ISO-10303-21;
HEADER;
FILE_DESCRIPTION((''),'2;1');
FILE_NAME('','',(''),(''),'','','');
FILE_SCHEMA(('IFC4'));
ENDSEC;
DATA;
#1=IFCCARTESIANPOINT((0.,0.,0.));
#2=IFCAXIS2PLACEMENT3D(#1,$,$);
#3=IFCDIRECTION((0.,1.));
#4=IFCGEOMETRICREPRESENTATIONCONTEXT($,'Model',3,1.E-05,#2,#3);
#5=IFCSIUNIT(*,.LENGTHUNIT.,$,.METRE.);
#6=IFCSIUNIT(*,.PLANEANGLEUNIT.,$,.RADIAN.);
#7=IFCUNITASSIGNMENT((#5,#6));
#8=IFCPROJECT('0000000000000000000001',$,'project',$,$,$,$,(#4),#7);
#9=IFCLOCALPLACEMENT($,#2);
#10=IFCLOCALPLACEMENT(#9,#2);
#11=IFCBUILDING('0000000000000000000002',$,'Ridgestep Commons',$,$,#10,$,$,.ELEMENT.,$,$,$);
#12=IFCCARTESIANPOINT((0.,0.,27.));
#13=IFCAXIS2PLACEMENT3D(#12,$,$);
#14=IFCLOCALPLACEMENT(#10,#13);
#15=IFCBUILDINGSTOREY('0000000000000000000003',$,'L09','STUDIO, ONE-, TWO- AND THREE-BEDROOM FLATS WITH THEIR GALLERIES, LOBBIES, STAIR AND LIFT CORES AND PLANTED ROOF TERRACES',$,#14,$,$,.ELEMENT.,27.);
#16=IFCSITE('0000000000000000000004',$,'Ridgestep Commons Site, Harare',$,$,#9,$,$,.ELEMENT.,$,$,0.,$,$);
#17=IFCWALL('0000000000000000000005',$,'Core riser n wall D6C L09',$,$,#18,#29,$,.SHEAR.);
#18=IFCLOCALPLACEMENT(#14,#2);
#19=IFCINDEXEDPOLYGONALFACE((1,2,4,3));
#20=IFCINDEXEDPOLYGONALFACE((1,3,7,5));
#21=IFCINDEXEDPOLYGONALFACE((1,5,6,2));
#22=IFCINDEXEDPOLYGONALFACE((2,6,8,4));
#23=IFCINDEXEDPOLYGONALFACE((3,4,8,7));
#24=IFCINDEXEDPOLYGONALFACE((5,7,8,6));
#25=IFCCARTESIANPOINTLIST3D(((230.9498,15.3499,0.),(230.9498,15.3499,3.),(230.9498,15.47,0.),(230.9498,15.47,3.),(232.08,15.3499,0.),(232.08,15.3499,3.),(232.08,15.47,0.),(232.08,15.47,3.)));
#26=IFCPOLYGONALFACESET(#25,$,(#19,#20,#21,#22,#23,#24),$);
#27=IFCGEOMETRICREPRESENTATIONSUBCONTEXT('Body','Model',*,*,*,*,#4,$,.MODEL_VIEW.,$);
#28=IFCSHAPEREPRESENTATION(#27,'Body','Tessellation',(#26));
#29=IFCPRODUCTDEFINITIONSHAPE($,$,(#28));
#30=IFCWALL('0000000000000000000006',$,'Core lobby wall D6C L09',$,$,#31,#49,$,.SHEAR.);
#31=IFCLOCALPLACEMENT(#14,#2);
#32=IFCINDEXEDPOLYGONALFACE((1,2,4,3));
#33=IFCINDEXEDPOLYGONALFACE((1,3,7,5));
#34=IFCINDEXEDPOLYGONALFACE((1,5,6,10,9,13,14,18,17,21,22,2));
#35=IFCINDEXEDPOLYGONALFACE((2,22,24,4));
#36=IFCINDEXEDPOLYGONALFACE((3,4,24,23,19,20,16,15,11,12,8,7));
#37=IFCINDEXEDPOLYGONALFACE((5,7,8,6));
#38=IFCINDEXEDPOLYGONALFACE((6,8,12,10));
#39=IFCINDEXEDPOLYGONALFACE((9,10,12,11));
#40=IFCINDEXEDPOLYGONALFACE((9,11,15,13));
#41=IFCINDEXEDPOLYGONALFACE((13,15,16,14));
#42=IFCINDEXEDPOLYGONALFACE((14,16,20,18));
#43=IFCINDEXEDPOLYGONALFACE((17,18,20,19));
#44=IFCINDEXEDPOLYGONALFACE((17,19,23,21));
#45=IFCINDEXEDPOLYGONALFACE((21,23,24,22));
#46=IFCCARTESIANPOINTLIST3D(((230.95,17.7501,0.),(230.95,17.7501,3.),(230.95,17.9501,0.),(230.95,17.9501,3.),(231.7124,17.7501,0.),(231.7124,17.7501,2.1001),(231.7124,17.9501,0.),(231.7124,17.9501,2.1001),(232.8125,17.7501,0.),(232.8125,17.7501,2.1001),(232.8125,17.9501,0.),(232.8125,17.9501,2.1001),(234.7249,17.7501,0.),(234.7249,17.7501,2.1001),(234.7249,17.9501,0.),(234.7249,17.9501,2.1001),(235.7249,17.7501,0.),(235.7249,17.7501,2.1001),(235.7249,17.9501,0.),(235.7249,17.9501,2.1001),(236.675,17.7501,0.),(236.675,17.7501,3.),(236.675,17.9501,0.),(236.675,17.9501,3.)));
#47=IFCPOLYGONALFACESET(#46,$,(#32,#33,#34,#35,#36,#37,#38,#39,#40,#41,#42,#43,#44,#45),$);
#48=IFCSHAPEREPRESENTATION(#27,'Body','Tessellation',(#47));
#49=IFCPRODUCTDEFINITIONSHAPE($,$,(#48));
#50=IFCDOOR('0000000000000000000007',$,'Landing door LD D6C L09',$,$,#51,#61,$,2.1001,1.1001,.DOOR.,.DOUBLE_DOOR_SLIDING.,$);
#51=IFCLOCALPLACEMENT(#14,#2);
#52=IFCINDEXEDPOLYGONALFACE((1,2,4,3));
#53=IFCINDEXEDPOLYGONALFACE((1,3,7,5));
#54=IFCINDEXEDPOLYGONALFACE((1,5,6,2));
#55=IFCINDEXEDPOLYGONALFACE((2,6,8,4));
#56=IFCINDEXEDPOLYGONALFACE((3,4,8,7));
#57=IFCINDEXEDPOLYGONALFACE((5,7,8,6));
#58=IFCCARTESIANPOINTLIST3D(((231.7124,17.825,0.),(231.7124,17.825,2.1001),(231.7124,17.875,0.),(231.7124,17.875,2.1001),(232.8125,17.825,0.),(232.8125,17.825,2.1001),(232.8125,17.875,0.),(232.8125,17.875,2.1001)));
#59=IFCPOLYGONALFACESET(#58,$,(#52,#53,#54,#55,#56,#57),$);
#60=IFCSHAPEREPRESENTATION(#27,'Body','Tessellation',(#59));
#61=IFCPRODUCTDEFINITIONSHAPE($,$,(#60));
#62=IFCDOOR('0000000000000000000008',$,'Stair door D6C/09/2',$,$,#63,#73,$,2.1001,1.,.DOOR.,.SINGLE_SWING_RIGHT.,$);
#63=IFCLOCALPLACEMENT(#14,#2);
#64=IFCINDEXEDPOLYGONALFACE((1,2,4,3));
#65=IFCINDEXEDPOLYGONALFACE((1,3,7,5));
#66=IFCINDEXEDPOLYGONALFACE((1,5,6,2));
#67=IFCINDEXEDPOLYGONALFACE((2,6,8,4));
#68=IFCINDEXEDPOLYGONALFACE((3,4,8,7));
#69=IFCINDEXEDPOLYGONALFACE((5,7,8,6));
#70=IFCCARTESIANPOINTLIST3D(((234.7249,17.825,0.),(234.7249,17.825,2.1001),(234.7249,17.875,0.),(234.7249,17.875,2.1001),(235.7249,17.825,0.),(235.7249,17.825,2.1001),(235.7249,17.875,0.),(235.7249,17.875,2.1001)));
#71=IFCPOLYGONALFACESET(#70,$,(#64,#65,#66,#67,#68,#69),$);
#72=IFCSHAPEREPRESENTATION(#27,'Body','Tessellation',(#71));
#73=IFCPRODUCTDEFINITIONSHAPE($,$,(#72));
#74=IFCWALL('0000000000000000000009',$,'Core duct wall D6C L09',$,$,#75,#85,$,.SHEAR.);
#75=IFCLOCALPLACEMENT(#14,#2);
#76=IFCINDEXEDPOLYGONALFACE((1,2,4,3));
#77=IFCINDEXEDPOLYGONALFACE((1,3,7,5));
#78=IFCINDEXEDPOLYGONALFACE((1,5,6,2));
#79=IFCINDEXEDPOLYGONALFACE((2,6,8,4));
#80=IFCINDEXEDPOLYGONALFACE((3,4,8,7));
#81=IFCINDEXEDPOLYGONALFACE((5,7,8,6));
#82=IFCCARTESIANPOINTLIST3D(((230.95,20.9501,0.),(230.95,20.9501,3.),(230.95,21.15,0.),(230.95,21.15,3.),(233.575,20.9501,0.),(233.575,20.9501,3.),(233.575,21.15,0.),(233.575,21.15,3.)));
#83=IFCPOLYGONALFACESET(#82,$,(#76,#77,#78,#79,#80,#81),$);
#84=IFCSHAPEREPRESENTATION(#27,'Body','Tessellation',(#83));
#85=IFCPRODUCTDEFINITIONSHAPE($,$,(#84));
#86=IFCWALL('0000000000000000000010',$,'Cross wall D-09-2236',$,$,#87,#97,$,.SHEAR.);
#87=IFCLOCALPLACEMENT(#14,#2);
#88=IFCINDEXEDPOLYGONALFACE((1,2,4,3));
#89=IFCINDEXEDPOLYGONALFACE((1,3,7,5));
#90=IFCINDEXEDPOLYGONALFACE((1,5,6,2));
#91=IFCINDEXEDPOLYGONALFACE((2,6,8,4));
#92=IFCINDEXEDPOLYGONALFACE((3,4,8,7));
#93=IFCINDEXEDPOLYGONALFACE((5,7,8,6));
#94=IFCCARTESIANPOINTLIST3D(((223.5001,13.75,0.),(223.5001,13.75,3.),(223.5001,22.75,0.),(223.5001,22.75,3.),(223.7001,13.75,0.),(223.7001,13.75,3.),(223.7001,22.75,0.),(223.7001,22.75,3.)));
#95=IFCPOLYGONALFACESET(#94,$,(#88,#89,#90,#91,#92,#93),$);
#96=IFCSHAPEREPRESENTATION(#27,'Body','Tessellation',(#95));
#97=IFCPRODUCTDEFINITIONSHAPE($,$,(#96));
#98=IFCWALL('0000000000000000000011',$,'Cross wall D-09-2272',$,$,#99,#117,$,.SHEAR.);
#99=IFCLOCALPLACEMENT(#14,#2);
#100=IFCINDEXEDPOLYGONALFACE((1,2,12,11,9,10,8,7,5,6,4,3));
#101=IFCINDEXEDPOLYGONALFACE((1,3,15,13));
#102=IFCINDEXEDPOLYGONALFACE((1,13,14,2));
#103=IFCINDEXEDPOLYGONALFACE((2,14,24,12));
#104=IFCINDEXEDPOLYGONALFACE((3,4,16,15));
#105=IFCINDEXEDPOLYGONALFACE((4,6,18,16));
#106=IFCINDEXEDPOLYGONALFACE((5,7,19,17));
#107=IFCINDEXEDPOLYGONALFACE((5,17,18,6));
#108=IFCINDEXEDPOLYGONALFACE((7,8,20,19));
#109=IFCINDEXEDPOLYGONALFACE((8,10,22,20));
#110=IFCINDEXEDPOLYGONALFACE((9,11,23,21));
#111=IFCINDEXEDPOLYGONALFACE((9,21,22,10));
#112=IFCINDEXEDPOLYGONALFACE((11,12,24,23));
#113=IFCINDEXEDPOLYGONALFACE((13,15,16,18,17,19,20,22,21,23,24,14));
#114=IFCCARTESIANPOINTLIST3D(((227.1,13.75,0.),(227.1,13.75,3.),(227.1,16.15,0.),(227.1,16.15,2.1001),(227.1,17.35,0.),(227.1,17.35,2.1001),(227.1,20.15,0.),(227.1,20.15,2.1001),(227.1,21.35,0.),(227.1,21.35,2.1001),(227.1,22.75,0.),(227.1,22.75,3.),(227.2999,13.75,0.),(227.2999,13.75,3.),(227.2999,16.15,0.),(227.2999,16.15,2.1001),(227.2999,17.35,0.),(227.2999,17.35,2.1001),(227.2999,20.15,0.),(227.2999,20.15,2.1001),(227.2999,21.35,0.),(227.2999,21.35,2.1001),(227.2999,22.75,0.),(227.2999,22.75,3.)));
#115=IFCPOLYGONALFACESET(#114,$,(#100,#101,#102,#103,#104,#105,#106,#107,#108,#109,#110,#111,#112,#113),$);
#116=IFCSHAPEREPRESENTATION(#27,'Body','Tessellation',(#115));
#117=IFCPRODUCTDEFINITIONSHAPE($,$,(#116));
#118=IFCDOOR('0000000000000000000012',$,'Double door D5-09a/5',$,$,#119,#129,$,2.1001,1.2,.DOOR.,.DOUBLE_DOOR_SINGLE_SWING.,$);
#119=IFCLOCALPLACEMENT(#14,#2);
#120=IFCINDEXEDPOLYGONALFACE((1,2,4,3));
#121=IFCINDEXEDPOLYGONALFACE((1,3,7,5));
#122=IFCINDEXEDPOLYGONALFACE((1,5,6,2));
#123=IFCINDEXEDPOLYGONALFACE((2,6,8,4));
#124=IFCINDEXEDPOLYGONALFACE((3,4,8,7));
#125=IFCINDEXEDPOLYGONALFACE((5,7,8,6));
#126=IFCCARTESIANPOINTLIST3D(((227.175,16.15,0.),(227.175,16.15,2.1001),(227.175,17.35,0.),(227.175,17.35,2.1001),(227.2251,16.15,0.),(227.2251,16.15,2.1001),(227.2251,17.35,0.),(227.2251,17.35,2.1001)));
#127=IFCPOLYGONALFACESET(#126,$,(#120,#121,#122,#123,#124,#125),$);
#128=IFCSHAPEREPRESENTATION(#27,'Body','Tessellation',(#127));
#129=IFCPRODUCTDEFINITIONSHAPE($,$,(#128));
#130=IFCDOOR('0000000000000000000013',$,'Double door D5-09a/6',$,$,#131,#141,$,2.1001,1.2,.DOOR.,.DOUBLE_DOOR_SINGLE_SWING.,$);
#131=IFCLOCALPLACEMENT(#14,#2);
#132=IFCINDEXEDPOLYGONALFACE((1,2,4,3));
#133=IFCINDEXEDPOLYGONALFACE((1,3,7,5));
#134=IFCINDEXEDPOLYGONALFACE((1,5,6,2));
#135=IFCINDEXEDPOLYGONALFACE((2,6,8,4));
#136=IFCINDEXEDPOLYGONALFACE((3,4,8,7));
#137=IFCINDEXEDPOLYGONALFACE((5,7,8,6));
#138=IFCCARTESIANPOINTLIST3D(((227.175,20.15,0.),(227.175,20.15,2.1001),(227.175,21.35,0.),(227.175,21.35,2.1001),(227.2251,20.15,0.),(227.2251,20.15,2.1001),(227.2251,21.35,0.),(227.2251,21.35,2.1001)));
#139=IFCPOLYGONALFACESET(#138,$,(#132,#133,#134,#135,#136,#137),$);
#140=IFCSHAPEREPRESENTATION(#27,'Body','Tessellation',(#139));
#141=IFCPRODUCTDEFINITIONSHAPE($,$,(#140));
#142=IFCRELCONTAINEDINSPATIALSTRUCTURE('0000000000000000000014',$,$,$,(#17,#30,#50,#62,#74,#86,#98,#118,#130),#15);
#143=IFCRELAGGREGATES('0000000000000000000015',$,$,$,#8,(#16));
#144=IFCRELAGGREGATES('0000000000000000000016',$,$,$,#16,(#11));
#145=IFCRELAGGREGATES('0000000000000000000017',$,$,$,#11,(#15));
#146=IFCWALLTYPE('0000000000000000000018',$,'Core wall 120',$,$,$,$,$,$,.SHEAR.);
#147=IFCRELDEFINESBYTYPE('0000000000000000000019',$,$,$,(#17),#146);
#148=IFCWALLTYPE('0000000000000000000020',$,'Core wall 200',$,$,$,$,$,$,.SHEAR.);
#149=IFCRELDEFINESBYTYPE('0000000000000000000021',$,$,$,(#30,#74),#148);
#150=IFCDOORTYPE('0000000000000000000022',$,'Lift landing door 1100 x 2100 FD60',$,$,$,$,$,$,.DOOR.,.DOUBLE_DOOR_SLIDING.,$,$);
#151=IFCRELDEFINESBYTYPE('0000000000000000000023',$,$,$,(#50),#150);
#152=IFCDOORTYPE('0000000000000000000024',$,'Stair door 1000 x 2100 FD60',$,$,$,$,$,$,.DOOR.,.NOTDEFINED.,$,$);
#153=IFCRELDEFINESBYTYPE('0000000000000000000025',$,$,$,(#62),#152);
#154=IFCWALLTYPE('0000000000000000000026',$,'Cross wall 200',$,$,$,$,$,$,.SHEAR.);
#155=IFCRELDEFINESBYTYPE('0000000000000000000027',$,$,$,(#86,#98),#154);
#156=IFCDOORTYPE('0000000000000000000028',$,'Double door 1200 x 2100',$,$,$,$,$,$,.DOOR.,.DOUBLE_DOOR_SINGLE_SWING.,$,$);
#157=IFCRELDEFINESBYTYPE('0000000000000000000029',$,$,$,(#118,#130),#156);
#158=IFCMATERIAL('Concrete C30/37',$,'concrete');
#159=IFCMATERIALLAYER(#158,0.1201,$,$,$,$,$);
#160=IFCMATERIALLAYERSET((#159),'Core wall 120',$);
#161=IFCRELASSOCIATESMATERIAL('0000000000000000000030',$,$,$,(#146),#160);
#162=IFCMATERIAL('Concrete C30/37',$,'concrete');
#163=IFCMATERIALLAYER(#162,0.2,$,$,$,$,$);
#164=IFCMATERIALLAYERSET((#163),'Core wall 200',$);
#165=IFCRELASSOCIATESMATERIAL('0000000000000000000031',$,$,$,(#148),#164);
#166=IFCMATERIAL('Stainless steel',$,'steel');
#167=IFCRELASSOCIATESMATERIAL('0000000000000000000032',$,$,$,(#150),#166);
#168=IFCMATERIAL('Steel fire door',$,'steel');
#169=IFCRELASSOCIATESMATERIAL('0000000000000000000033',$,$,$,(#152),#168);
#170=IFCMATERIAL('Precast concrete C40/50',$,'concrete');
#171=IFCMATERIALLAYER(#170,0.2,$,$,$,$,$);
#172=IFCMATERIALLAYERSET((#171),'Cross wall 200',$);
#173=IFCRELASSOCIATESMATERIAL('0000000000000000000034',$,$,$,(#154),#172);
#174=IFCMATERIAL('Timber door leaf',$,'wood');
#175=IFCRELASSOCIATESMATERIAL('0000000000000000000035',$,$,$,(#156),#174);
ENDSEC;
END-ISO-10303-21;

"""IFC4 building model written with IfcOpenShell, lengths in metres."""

from ifc_helpers import new_model, si_unit, direction, frame, frame_2d, origin, place, context, subcontext, project, spatial, rectangle, extrude, material, layer, layer_set, type_object, element, fill, save


model = new_model("IFC4")

# Units and contexts
model_context = context("Model", 3, precision=1e-05, world=origin(), true_north=direction((0.0, 1.0)))
body_context = subcontext(model_context, "Body", "Model", "MODEL_VIEW")
ifc_project = project(units=[si_unit("LENGTHUNIT", "METRE"), si_unit("PLANEANGLEUNIT", "RADIAN")], contexts=[model_context])

# Site, building, storey
site_placement = place(None, origin())
site = spatial("IfcSite", under=ifc_project, at=site_placement, Name="Ridgestep Commons Site, Harare", CompositionType="ELEMENT", RefElevation=0.0)
building_placement = place(site_placement, origin())
building = spatial("IfcBuilding", under=site, at=building_placement, Name="Ridgestep Commons", CompositionType="ELEMENT")
storey_placement = place(building_placement, frame((0.0, 0.0, 27.0)))
storey = spatial("IfcBuildingStorey", under=building, at=storey_placement, Name="L09", Description="STUDIO, ONE-, TWO- AND THREE-BEDROOM FLATS WITH THEIR GALLERIES, LOBBIES, STAIR AND LIFT CORES AND PLANTED ROOF TERRACES", CompositionType="ELEMENT", Elevation=27.0)

# Wall
ifc_material_1 = material(Name="Concrete C30/37", Category="concrete")
ifc_layer_1 = layer(ifc_material_1, 0.1201)
ifc_layer_set_1 = layer_set([ifc_layer_1], Name="Core wall 120")
wall_type_1 = type_object("IfcWallType", Name="Core wall 120", PredefinedType="SHEAR", material=ifc_layer_set_1)
wall_1_placement = place(storey_placement, frame((230.95, 15.4099, 0.0), z_axis=(0.0, 0.0, 1.0), x_axis=(1.0, 0.0, 0.0)))
element("IfcWall", 1, at=wall_1_placement, inside=storey, type_object=wall_type_1, Name="Core riser n wall D6C L09", PredefinedType="SHEAR", context=body_context, shape_type="SweptSolid", body=[
    extrude(rectangle(XDim=1.1301, YDim=0.1201, at=frame_2d((0.5649, 0.0))), origin(), (0.0, 0.0, 1.0), 3.0),
])

# Wall, openings, doors
ifc_material_2 = material(Name="Concrete C30/37", Category="concrete")
ifc_layer_2 = layer(ifc_material_2, 0.2)
ifc_layer_set_2 = layer_set([ifc_layer_2], Name="Core wall 200")
wall_type_2 = type_object("IfcWallType", Name="Core wall 200", PredefinedType="SHEAR", material=ifc_layer_set_2)
wall_2_placement = place(storey_placement, frame((230.95, 17.8501, 0.0), z_axis=(0.0, 0.0, 1.0), x_axis=(1.0, 0.0, 0.0)))
wall_2 = element("IfcWall", 2, at=wall_2_placement, inside=storey, type_object=wall_type_2, Name="Core lobby wall D6C L09", PredefinedType="SHEAR", context=body_context, shape_type="SweptSolid", body=[
    extrude(rectangle(XDim=5.7251, YDim=0.2, at=frame_2d((2.8625, 0.0))), origin(), (0.0, 0.0, 1.0), 3.0),
])
opening_1_placement = place(wall_2_placement, frame((3.7749, 0.0, 0.0)))
opening_1 = element("IfcOpeningElement", 3, at=opening_1_placement, cuts=wall_2, PredefinedType="OPENING", context=body_context, shape_type="SweptSolid", body=[
    extrude(rectangle(XDim=1.0, YDim=2.1001, at=frame_2d((0.5, 1.05))), frame((0.0, 0.1099, 0.0), z_axis=(0.0, -1.0, 0.0), x_axis=(1.0, 0.0, 0.0)), (0.0, 0.0, 1.0), 0.22),
])
opening_2_placement = place(wall_2_placement, frame((0.7625, 0.0, 0.0)))
opening_2 = element("IfcOpeningElement", 4, at=opening_2_placement, cuts=wall_2, PredefinedType="OPENING", context=body_context, shape_type="SweptSolid", body=[
    extrude(rectangle(XDim=1.1001, YDim=2.1001, at=frame_2d((0.55, 1.05))), frame((0.0, 0.1099, 0.0), z_axis=(0.0, -1.0, 0.0), x_axis=(1.0, 0.0, 0.0)), (0.0, 0.0, 1.0), 0.22),
])
ifc_material_3 = material(Name="Stainless steel", Category="steel")
door_type_1 = type_object("IfcDoorType", Name="Lift landing door 1100 x 2100 FD60", OperationType="DOUBLE_DOOR_SLIDING", PredefinedType="DOOR", material=ifc_material_3)
door_1_placement = place(opening_2_placement, origin())
door_1 = element("IfcDoor", 5, at=door_1_placement, inside=storey, type_object=door_type_1, Name="Landing door LD D6C L09", OperationType="DOUBLE_DOOR_SLIDING", OverallHeight=2.1001, OverallWidth=1.1001, PredefinedType="DOOR", context=body_context, shape_type="SweptSolid", body=[
    extrude(rectangle(XDim=1.1001, YDim=2.1001, at=frame_2d((0.55, 1.05))), frame((0.0, 0.0249, 0.0), z_axis=(0.0, -1.0, 0.0), x_axis=(1.0, 0.0, 0.0)), (0.0, 0.0, 1.0), 0.05),
])
fill(opening_2, door_1)
ifc_material_4 = material(Name="Steel fire door", Category="steel")
door_type_2 = type_object("IfcDoorType", Name="Stair door 1000 x 2100 FD60", OperationType="NOTDEFINED", PredefinedType="DOOR", material=ifc_material_4)
door_2_placement = place(opening_1_placement, origin())
door_2 = element("IfcDoor", 6, at=door_2_placement, inside=storey, type_object=door_type_2, Name="Stair door D6C/09/2", OperationType="SINGLE_SWING_RIGHT", OverallHeight=2.1001, OverallWidth=1.0, PredefinedType="DOOR", context=body_context, shape_type="SweptSolid", body=[
    extrude(rectangle(XDim=1.0, YDim=2.1001, at=frame_2d((0.5, 1.05))), frame((0.0, 0.0249, 0.0), z_axis=(0.0, -1.0, 0.0), x_axis=(1.0, 0.0, 0.0)), (0.0, 0.0, 1.0), 0.05),
])
fill(opening_1, door_2)

# Walls
wall_3_placement = place(storey_placement, frame((230.95, 21.05, 0.0), z_axis=(0.0, 0.0, 1.0), x_axis=(1.0, 0.0, 0.0)))
element("IfcWall", 7, at=wall_3_placement, inside=storey, type_object=wall_type_2, Name="Core duct wall D6C L09", PredefinedType="SHEAR", context=body_context, shape_type="SweptSolid", body=[
    extrude(rectangle(XDim=2.625, YDim=0.2, at=frame_2d((1.3125, 0.0))), origin(), (0.0, 0.0, 1.0), 3.0),
])
ifc_material_5 = material(Name="Precast concrete C40/50", Category="concrete")
ifc_layer_3 = layer(ifc_material_5, 0.2)
ifc_layer_set_3 = layer_set([ifc_layer_3], Name="Cross wall 200")
wall_type_3 = type_object("IfcWallType", Name="Cross wall 200", PredefinedType="SHEAR", material=ifc_layer_set_3)
wall_4_placement = place(storey_placement, frame((223.6001, 13.75, 0.0), z_axis=(0.0, 0.0, 1.0), x_axis=(0.0, 1.0, 0.0)))
element("IfcWall", 8, at=wall_4_placement, inside=storey, type_object=wall_type_3, Name="Cross wall D-09-2236", PredefinedType="SHEAR", context=body_context, shape_type="SweptSolid", body=[
    extrude(rectangle(XDim=9.0, YDim=0.2, at=frame_2d((4.5, 0.0))), origin(), (0.0, 0.0, 1.0), 3.0),
])

# Wall, openings, doors
wall_5_placement = place(storey_placement, frame((227.2, 13.75, 0.0), z_axis=(0.0, 0.0, 1.0), x_axis=(0.0, 1.0, 0.0)))
wall_5 = element("IfcWall", 9, at=wall_5_placement, inside=storey, type_object=wall_type_3, Name="Cross wall D-09-2272", PredefinedType="SHEAR", context=body_context, shape_type="SweptSolid", body=[
    extrude(rectangle(XDim=9.0, YDim=0.2, at=frame_2d((4.5, 0.0))), origin(), (0.0, 0.0, 1.0), 3.0),
])
opening_3_placement = place(wall_5_placement, frame((2.3999, 0.0, 0.0)))
opening_3 = element("IfcOpeningElement", 10, at=opening_3_placement, cuts=wall_5, PredefinedType="OPENING", context=body_context, shape_type="SweptSolid", body=[
    extrude(rectangle(XDim=1.2, YDim=2.1001, at=frame_2d((0.6001, 1.05))), frame((0.0, 0.1099, 0.0), z_axis=(0.0, -1.0, 0.0), x_axis=(1.0, 0.0, 0.0)), (0.0, 0.0, 1.0), 0.22),
])
opening_4_placement = place(wall_5_placement, frame((6.3999, 0.0, 0.0)))
opening_4 = element("IfcOpeningElement", 11, at=opening_4_placement, cuts=wall_5, PredefinedType="OPENING", context=body_context, shape_type="SweptSolid", body=[
    extrude(rectangle(XDim=1.2, YDim=2.1001, at=frame_2d((0.6001, 1.05))), frame((0.0, 0.1099, 0.0), z_axis=(0.0, -1.0, 0.0), x_axis=(1.0, 0.0, 0.0)), (0.0, 0.0, 1.0), 0.22),
])
ifc_material_6 = material(Name="Timber door leaf", Category="wood")
door_type_3 = type_object("IfcDoorType", Name="Double door 1200 x 2100", OperationType="DOUBLE_DOOR_SINGLE_SWING", PredefinedType="DOOR", material=ifc_material_6)
door_3_placement = place(opening_3_placement, origin())
door_3 = element("IfcDoor", 12, at=door_3_placement, inside=storey, type_object=door_type_3, Name="Double door D5-09a/5", OperationType="DOUBLE_DOOR_SINGLE_SWING", OverallHeight=2.1001, OverallWidth=1.2, PredefinedType="DOOR", context=body_context, shape_type="SweptSolid", body=[
    extrude(rectangle(XDim=1.2, YDim=2.1001, at=frame_2d((0.6001, 1.05))), frame((0.0, 0.0249, 0.0), z_axis=(0.0, -1.0, 0.0), x_axis=(1.0, 0.0, 0.0)), (0.0, 0.0, 1.0), 0.05),
])
fill(opening_3, door_3)
door_4_placement = place(opening_4_placement, origin())
door_4 = element("IfcDoor", 13, at=door_4_placement, inside=storey, type_object=door_type_3, Name="Double door D5-09a/6", OperationType="DOUBLE_DOOR_SINGLE_SWING", OverallHeight=2.1001, OverallWidth=1.2, PredefinedType="DOOR", context=body_context, shape_type="SweptSolid", body=[
    extrude(rectangle(XDim=1.2, YDim=2.1001, at=frame_2d((0.6001, 1.05))), frame((0.0, 0.0249, 0.0), z_axis=(0.0, -1.0, 0.0), x_axis=(1.0, 0.0, 0.0)), (0.0, 0.0, 1.0), 0.05),
])
fill(opening_4, door_4)

save(model, "model.ifc")
